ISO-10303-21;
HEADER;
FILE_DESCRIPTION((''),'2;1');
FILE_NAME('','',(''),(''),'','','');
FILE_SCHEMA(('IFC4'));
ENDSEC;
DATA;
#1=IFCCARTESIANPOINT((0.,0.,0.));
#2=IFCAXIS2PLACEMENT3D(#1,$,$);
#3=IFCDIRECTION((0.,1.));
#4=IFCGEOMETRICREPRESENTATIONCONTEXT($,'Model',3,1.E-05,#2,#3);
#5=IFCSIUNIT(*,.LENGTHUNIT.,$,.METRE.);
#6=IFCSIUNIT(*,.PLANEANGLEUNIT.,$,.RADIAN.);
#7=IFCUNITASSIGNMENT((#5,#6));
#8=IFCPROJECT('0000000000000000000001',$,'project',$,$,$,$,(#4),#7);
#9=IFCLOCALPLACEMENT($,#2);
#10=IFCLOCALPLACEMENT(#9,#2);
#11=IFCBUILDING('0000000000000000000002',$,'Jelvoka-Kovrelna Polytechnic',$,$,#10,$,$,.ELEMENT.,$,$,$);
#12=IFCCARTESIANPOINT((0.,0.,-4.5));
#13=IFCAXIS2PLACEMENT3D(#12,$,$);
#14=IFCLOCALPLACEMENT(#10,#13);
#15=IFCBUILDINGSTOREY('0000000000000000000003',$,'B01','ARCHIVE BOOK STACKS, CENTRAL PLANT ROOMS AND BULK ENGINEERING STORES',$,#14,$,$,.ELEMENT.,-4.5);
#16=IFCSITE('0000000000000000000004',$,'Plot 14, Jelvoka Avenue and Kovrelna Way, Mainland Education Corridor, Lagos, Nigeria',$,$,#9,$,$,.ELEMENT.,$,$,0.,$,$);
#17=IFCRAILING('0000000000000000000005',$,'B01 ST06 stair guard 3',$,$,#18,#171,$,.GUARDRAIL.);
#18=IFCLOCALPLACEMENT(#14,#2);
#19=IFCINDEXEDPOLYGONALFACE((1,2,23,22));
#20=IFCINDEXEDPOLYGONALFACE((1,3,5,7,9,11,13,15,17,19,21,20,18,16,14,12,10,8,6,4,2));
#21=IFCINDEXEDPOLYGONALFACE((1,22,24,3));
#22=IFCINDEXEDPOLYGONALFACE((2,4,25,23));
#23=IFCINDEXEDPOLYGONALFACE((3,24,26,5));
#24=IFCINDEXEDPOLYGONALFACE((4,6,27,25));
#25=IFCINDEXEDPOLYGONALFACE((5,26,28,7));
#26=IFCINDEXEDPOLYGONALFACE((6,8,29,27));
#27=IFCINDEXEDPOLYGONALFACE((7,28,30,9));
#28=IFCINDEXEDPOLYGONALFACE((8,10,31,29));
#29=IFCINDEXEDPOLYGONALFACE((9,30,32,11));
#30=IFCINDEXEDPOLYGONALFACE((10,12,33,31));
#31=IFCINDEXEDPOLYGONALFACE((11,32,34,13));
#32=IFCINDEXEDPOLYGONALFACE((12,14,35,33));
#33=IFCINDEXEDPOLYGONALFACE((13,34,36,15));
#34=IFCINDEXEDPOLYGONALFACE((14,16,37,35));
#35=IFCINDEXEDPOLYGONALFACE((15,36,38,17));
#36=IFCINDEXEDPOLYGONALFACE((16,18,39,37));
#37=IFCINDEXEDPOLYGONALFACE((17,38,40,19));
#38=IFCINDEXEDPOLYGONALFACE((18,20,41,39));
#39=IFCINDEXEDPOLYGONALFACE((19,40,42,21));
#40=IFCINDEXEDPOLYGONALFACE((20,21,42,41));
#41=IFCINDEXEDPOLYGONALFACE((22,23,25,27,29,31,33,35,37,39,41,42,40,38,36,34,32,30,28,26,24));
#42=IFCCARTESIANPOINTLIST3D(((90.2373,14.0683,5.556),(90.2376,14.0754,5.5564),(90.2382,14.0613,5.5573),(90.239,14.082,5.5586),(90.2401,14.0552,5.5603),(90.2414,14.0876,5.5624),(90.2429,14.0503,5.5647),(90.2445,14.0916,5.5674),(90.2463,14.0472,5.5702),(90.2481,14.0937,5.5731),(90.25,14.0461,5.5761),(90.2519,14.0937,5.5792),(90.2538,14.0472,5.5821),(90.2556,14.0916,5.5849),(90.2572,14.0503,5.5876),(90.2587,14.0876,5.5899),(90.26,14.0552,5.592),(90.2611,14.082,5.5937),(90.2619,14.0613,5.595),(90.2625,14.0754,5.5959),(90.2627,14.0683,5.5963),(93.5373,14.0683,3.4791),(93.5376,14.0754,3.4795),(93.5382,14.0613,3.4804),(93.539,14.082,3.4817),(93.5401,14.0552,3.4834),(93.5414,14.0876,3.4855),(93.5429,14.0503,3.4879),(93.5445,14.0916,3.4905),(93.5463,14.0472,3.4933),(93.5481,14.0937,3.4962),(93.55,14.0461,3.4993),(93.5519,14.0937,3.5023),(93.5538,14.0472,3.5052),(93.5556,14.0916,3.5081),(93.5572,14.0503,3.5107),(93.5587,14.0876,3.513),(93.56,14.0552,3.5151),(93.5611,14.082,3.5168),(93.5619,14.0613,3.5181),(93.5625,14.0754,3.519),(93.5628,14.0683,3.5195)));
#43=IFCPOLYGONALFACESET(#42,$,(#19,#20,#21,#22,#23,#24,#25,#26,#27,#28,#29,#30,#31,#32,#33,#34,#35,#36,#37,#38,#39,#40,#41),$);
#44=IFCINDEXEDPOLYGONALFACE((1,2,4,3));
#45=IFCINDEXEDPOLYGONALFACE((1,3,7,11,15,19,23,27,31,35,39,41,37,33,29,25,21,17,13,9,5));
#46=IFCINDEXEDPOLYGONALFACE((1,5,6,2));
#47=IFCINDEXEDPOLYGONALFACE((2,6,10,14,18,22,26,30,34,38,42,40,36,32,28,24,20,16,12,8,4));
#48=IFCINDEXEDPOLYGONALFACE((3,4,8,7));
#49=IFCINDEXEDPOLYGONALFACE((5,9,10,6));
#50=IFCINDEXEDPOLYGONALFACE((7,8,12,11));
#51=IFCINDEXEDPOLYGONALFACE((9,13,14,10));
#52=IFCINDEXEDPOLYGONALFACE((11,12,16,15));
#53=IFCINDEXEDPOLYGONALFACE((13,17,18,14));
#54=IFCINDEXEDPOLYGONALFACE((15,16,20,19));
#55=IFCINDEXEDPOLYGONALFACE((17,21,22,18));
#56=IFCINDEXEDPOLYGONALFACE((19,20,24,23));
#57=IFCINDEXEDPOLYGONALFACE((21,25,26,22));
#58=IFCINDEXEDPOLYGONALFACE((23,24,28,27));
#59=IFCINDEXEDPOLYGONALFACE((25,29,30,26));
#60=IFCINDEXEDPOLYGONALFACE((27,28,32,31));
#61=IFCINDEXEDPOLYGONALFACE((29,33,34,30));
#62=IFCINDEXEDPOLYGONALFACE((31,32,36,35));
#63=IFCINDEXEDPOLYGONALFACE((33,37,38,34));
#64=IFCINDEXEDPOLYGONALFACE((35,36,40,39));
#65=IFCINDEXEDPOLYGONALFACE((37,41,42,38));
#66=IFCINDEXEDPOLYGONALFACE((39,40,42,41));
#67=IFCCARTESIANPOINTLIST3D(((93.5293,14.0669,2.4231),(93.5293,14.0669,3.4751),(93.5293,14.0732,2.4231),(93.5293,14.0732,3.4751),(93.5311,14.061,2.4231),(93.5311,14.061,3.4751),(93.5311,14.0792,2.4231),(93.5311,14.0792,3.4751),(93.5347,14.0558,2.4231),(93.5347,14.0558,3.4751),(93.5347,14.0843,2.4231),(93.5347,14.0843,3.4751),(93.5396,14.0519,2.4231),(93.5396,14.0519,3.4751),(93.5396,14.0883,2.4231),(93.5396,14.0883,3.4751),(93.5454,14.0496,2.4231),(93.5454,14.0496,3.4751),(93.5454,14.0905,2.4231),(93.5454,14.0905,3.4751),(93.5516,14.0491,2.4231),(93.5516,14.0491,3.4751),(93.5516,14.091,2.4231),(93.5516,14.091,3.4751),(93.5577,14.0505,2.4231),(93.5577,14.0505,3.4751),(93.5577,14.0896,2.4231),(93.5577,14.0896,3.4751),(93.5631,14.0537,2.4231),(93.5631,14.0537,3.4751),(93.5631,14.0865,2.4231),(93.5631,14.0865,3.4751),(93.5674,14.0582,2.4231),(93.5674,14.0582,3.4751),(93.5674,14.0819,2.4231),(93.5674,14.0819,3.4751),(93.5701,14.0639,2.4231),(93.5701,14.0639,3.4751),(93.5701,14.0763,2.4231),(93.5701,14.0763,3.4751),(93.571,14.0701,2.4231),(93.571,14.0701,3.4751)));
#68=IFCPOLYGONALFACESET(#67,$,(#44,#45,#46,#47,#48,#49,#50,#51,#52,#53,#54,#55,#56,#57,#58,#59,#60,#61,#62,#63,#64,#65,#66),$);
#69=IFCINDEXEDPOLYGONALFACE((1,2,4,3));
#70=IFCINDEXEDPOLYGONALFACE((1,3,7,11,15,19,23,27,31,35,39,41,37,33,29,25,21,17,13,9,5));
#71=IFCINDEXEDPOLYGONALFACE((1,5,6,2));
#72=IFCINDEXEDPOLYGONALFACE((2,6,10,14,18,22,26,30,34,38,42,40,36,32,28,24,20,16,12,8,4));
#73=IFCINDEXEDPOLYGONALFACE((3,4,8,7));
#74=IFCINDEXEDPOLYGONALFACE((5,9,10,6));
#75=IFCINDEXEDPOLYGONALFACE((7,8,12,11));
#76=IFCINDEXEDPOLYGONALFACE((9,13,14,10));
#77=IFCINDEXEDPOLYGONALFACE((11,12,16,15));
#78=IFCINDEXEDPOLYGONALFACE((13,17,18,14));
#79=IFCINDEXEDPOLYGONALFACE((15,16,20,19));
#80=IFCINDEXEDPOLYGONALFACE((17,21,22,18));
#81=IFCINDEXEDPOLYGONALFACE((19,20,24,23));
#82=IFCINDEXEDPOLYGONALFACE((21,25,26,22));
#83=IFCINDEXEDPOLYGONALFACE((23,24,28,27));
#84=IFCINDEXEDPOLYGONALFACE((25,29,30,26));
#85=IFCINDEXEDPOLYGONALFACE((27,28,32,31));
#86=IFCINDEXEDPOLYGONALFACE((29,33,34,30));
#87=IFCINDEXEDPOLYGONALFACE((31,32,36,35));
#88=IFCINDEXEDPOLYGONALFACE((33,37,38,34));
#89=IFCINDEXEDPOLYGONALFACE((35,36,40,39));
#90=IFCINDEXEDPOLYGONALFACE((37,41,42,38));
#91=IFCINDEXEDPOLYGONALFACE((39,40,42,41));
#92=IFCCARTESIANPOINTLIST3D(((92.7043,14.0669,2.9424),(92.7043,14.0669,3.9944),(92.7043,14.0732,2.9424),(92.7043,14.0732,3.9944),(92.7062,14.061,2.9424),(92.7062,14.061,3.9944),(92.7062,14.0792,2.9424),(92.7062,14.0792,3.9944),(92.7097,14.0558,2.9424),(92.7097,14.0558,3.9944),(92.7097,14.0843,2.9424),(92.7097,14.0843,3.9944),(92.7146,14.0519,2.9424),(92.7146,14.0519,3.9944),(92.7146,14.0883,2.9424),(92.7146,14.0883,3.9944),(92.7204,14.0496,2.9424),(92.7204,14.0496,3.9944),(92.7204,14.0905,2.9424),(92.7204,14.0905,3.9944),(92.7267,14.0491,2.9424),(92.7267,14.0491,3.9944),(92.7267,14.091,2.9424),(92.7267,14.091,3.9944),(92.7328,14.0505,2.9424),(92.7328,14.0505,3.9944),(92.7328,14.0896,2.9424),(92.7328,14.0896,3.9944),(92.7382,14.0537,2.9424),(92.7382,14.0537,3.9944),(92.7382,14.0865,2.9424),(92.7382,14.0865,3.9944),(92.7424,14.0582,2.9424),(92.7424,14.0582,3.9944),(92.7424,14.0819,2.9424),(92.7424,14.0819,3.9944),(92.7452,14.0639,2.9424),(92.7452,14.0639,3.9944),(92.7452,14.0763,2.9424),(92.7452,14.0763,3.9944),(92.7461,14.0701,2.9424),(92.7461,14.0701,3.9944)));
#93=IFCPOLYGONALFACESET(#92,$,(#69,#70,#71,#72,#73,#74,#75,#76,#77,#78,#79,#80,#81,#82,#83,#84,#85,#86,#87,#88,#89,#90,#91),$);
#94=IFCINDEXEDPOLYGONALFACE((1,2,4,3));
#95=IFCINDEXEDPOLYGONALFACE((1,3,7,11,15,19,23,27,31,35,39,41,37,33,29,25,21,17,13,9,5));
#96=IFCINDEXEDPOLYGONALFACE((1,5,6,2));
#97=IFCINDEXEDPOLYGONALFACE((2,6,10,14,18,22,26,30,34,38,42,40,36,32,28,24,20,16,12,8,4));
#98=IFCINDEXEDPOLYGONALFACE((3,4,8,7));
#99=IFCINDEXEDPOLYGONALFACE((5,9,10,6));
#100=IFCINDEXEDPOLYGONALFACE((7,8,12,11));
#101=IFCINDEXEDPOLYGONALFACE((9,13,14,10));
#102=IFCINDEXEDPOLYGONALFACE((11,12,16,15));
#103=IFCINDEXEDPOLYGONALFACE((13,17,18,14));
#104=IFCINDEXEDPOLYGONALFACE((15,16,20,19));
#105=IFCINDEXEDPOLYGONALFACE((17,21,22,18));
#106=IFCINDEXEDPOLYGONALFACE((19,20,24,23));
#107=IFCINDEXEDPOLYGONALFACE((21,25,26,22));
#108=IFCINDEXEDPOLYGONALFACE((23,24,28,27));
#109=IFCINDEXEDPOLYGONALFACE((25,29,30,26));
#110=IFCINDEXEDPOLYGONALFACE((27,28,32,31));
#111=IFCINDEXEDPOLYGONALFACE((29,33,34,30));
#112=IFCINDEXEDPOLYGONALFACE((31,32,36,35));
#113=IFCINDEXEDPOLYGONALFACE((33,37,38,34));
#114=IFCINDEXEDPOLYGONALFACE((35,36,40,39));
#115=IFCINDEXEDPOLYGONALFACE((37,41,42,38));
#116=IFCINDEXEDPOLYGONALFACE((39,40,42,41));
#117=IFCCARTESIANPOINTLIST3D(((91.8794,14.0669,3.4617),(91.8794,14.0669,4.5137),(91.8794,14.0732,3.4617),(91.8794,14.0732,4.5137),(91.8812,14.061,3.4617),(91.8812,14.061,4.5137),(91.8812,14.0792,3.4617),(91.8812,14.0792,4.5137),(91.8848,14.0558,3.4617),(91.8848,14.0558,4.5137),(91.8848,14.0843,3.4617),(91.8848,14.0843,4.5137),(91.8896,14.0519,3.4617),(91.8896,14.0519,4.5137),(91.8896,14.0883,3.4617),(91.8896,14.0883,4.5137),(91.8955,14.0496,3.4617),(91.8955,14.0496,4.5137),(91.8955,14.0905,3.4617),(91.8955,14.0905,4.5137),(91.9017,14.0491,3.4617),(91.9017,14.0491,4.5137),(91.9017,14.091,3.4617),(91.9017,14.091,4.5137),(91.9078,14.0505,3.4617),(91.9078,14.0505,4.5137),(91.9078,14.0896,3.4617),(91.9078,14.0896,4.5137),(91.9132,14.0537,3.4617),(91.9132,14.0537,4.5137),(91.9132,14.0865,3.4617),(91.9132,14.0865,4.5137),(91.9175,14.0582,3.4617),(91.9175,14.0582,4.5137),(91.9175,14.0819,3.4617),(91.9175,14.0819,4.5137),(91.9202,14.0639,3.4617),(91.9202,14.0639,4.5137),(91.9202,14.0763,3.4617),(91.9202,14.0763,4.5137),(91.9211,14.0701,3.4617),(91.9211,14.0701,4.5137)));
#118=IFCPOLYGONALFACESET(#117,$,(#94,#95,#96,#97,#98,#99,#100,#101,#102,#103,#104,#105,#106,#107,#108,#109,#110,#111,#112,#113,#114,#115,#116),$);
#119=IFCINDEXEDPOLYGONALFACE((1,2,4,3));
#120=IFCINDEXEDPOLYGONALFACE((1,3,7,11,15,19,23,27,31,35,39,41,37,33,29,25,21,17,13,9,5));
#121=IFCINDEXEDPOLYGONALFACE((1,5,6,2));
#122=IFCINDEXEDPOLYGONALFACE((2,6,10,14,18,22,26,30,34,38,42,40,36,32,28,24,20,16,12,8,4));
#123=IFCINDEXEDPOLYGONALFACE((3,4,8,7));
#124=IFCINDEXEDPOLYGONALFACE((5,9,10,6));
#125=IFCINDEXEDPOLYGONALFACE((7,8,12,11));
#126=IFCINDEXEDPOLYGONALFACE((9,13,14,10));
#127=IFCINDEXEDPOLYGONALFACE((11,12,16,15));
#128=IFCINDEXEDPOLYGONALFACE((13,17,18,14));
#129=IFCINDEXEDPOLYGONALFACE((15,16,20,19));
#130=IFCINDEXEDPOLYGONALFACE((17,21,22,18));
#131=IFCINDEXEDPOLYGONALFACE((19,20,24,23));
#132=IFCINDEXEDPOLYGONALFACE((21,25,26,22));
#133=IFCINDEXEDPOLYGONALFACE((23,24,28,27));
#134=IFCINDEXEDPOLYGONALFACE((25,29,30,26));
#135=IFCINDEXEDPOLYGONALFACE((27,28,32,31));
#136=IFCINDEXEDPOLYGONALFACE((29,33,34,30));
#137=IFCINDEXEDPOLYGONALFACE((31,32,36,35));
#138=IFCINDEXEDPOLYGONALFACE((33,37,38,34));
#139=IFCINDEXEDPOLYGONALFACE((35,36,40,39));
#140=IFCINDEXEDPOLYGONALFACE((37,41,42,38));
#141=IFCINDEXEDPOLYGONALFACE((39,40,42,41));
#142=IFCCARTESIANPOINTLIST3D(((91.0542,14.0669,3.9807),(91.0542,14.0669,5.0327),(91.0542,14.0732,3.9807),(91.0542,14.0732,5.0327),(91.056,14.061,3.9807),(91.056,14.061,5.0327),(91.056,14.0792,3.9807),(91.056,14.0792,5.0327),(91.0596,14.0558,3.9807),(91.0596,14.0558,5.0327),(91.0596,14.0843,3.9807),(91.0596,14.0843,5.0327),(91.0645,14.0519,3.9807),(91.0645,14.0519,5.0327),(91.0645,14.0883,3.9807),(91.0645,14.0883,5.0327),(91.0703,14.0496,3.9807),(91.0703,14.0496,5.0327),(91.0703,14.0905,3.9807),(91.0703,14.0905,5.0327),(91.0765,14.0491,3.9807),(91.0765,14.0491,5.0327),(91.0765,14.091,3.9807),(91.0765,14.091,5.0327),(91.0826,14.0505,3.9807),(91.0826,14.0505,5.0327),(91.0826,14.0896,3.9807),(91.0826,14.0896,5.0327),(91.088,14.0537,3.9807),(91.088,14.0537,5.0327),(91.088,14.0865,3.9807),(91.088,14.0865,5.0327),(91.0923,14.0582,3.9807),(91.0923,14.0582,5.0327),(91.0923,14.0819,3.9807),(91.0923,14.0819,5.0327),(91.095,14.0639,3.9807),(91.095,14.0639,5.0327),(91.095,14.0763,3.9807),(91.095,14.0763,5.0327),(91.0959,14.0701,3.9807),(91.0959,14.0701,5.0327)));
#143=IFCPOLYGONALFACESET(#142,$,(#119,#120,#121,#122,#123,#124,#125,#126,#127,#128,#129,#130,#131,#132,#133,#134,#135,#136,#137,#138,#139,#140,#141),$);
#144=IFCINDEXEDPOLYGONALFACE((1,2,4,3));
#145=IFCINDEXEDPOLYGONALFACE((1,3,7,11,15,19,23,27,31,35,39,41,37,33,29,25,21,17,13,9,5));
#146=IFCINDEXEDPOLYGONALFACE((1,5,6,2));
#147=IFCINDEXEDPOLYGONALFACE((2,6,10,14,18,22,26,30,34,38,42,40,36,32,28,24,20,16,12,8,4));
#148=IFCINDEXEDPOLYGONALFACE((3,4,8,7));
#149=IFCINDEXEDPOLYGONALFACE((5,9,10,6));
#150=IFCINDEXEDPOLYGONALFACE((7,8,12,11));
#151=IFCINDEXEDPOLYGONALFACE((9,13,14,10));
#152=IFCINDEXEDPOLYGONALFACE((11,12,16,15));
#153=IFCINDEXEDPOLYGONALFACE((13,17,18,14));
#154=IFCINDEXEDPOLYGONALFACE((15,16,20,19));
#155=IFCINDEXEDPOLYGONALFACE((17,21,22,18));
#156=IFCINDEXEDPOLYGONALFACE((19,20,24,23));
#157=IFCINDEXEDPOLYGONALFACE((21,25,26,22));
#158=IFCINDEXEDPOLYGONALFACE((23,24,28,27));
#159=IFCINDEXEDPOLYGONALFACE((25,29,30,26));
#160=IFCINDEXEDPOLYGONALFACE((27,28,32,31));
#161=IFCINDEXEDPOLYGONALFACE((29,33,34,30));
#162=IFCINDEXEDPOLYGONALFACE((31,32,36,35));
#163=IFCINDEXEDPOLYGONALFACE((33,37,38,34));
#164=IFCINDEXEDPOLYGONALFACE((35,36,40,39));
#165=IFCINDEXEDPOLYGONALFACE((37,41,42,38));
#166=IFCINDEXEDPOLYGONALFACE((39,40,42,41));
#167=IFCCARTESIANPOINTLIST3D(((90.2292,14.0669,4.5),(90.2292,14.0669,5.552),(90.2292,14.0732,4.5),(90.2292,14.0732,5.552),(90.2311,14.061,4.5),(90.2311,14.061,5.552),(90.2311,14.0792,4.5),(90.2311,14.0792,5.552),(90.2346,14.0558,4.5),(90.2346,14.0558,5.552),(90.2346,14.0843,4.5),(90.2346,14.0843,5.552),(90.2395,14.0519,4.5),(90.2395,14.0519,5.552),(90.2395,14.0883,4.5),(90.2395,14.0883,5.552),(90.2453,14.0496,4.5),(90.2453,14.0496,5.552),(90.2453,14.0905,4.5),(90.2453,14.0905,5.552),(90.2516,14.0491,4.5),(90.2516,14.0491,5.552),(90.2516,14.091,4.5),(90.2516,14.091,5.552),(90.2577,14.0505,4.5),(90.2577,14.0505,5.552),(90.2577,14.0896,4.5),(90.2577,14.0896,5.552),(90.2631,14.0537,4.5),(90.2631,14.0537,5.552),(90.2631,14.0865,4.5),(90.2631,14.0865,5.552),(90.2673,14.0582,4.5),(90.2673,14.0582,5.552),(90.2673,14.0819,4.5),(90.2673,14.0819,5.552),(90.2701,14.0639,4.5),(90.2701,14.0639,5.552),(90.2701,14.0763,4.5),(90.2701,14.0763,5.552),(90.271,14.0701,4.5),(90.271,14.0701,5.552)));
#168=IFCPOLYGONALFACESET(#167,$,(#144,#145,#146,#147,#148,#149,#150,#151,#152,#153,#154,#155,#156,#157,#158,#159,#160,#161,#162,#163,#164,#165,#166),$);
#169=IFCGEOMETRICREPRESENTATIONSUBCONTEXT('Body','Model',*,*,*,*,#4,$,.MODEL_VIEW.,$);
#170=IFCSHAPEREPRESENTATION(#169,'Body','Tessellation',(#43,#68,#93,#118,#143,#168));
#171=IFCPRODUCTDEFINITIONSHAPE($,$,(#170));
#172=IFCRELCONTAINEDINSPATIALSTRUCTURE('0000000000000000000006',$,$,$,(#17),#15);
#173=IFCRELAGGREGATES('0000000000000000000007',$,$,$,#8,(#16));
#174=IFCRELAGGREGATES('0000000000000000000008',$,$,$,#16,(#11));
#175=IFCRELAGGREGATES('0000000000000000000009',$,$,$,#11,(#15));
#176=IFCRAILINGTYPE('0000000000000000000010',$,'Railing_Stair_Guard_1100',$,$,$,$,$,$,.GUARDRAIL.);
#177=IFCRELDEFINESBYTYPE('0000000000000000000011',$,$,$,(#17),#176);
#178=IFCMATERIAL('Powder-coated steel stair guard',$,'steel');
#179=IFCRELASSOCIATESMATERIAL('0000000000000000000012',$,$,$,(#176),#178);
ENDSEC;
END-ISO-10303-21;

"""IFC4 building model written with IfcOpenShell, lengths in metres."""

from ifc_helpers import new_model, si_unit, direction, frame, origin, origin_2d, place, context, subcontext, project, spatial, circle, extrude, material, type_object, element, save


model = new_model("IFC4")

# Units and contexts
model_context = context("Model", 3, precision=1e-05, world=origin(), true_north=direction((0.0, 1.0)))
body_context = subcontext(model_context, "Body", "Model", "MODEL_VIEW")
ifc_project = project(units=[si_unit("LENGTHUNIT", "METRE"), si_unit("PLANEANGLEUNIT", "RADIAN")], contexts=[model_context])

# Site, building, storey
site_placement = place(None, origin())
site = spatial("IfcSite", under=ifc_project, at=site_placement, Name="Plot 14, Jelvoka Avenue and Kovrelna Way, Mainland Education Corridor, Lagos, Nigeria", CompositionType="ELEMENT", RefElevation=0.0)
building_placement = place(site_placement, origin())
building = spatial("IfcBuilding", under=site, at=building_placement, Name="Jelvoka-Kovrelna Polytechnic", CompositionType="ELEMENT")
storey_placement = place(building_placement, frame((0.0, 0.0, -4.5)))
storey = spatial("IfcBuildingStorey", under=building, at=storey_placement, Name="B01", Description="ARCHIVE BOOK STACKS, CENTRAL PLANT ROOMS AND BULK ENGINEERING STORES", CompositionType="ELEMENT", Elevation=-4.5)

# Railing
ifc_material_1 = material(Name="Powder-coated steel stair guard", Category="steel")
railing_type_1 = type_object("IfcRailingType", Name="Railing_Stair_Guard_1100", PredefinedType="GUARDRAIL", material=ifc_material_1)
railing_1_placement = place(storey_placement, frame((93.55, 14.0701, 2.4231)))
element("IfcRailing", 1, at=railing_1_placement, inside=storey, type_object=railing_type_1, Name="B01 ST06 stair guard 3", PredefinedType="GUARDRAIL", context=body_context, shape_type="SweptSolid", body=[
    extrude(circle(Radius=0.0239, at=origin_2d()), frame((0.0, 0.0, 1.0762), z_axis=(-0.846337, 0.0, 0.532647), x_axis=(0.0, -1.0, 0.0)), (0.0, 0.0, 1.0), 3.8992),
    extrude(circle(Radius=0.021, at=origin_2d()), origin(), (0.0, 0.0, 1.0), 1.052),
    extrude(circle(Radius=0.021, at=origin_2d()), frame((-0.825, 0.0, 0.5193)), (0.0, 0.0, 1.0), 1.052),
    extrude(circle(Radius=0.021, at=origin_2d()), frame((-1.6499, 0.0, 1.0386)), (0.0, 0.0, 1.0), 1.052),
    extrude(circle(Radius=0.021, at=origin_2d()), frame((-2.4751, 0.0, 1.5576)), (0.0, 0.0, 1.0), 1.052),
    extrude(circle(Radius=0.021, at=origin_2d()), frame((-3.3, 0.0, 2.0769)), (0.0, 0.0, 1.0), 1.052),
])

save(model, "model.ifc")
